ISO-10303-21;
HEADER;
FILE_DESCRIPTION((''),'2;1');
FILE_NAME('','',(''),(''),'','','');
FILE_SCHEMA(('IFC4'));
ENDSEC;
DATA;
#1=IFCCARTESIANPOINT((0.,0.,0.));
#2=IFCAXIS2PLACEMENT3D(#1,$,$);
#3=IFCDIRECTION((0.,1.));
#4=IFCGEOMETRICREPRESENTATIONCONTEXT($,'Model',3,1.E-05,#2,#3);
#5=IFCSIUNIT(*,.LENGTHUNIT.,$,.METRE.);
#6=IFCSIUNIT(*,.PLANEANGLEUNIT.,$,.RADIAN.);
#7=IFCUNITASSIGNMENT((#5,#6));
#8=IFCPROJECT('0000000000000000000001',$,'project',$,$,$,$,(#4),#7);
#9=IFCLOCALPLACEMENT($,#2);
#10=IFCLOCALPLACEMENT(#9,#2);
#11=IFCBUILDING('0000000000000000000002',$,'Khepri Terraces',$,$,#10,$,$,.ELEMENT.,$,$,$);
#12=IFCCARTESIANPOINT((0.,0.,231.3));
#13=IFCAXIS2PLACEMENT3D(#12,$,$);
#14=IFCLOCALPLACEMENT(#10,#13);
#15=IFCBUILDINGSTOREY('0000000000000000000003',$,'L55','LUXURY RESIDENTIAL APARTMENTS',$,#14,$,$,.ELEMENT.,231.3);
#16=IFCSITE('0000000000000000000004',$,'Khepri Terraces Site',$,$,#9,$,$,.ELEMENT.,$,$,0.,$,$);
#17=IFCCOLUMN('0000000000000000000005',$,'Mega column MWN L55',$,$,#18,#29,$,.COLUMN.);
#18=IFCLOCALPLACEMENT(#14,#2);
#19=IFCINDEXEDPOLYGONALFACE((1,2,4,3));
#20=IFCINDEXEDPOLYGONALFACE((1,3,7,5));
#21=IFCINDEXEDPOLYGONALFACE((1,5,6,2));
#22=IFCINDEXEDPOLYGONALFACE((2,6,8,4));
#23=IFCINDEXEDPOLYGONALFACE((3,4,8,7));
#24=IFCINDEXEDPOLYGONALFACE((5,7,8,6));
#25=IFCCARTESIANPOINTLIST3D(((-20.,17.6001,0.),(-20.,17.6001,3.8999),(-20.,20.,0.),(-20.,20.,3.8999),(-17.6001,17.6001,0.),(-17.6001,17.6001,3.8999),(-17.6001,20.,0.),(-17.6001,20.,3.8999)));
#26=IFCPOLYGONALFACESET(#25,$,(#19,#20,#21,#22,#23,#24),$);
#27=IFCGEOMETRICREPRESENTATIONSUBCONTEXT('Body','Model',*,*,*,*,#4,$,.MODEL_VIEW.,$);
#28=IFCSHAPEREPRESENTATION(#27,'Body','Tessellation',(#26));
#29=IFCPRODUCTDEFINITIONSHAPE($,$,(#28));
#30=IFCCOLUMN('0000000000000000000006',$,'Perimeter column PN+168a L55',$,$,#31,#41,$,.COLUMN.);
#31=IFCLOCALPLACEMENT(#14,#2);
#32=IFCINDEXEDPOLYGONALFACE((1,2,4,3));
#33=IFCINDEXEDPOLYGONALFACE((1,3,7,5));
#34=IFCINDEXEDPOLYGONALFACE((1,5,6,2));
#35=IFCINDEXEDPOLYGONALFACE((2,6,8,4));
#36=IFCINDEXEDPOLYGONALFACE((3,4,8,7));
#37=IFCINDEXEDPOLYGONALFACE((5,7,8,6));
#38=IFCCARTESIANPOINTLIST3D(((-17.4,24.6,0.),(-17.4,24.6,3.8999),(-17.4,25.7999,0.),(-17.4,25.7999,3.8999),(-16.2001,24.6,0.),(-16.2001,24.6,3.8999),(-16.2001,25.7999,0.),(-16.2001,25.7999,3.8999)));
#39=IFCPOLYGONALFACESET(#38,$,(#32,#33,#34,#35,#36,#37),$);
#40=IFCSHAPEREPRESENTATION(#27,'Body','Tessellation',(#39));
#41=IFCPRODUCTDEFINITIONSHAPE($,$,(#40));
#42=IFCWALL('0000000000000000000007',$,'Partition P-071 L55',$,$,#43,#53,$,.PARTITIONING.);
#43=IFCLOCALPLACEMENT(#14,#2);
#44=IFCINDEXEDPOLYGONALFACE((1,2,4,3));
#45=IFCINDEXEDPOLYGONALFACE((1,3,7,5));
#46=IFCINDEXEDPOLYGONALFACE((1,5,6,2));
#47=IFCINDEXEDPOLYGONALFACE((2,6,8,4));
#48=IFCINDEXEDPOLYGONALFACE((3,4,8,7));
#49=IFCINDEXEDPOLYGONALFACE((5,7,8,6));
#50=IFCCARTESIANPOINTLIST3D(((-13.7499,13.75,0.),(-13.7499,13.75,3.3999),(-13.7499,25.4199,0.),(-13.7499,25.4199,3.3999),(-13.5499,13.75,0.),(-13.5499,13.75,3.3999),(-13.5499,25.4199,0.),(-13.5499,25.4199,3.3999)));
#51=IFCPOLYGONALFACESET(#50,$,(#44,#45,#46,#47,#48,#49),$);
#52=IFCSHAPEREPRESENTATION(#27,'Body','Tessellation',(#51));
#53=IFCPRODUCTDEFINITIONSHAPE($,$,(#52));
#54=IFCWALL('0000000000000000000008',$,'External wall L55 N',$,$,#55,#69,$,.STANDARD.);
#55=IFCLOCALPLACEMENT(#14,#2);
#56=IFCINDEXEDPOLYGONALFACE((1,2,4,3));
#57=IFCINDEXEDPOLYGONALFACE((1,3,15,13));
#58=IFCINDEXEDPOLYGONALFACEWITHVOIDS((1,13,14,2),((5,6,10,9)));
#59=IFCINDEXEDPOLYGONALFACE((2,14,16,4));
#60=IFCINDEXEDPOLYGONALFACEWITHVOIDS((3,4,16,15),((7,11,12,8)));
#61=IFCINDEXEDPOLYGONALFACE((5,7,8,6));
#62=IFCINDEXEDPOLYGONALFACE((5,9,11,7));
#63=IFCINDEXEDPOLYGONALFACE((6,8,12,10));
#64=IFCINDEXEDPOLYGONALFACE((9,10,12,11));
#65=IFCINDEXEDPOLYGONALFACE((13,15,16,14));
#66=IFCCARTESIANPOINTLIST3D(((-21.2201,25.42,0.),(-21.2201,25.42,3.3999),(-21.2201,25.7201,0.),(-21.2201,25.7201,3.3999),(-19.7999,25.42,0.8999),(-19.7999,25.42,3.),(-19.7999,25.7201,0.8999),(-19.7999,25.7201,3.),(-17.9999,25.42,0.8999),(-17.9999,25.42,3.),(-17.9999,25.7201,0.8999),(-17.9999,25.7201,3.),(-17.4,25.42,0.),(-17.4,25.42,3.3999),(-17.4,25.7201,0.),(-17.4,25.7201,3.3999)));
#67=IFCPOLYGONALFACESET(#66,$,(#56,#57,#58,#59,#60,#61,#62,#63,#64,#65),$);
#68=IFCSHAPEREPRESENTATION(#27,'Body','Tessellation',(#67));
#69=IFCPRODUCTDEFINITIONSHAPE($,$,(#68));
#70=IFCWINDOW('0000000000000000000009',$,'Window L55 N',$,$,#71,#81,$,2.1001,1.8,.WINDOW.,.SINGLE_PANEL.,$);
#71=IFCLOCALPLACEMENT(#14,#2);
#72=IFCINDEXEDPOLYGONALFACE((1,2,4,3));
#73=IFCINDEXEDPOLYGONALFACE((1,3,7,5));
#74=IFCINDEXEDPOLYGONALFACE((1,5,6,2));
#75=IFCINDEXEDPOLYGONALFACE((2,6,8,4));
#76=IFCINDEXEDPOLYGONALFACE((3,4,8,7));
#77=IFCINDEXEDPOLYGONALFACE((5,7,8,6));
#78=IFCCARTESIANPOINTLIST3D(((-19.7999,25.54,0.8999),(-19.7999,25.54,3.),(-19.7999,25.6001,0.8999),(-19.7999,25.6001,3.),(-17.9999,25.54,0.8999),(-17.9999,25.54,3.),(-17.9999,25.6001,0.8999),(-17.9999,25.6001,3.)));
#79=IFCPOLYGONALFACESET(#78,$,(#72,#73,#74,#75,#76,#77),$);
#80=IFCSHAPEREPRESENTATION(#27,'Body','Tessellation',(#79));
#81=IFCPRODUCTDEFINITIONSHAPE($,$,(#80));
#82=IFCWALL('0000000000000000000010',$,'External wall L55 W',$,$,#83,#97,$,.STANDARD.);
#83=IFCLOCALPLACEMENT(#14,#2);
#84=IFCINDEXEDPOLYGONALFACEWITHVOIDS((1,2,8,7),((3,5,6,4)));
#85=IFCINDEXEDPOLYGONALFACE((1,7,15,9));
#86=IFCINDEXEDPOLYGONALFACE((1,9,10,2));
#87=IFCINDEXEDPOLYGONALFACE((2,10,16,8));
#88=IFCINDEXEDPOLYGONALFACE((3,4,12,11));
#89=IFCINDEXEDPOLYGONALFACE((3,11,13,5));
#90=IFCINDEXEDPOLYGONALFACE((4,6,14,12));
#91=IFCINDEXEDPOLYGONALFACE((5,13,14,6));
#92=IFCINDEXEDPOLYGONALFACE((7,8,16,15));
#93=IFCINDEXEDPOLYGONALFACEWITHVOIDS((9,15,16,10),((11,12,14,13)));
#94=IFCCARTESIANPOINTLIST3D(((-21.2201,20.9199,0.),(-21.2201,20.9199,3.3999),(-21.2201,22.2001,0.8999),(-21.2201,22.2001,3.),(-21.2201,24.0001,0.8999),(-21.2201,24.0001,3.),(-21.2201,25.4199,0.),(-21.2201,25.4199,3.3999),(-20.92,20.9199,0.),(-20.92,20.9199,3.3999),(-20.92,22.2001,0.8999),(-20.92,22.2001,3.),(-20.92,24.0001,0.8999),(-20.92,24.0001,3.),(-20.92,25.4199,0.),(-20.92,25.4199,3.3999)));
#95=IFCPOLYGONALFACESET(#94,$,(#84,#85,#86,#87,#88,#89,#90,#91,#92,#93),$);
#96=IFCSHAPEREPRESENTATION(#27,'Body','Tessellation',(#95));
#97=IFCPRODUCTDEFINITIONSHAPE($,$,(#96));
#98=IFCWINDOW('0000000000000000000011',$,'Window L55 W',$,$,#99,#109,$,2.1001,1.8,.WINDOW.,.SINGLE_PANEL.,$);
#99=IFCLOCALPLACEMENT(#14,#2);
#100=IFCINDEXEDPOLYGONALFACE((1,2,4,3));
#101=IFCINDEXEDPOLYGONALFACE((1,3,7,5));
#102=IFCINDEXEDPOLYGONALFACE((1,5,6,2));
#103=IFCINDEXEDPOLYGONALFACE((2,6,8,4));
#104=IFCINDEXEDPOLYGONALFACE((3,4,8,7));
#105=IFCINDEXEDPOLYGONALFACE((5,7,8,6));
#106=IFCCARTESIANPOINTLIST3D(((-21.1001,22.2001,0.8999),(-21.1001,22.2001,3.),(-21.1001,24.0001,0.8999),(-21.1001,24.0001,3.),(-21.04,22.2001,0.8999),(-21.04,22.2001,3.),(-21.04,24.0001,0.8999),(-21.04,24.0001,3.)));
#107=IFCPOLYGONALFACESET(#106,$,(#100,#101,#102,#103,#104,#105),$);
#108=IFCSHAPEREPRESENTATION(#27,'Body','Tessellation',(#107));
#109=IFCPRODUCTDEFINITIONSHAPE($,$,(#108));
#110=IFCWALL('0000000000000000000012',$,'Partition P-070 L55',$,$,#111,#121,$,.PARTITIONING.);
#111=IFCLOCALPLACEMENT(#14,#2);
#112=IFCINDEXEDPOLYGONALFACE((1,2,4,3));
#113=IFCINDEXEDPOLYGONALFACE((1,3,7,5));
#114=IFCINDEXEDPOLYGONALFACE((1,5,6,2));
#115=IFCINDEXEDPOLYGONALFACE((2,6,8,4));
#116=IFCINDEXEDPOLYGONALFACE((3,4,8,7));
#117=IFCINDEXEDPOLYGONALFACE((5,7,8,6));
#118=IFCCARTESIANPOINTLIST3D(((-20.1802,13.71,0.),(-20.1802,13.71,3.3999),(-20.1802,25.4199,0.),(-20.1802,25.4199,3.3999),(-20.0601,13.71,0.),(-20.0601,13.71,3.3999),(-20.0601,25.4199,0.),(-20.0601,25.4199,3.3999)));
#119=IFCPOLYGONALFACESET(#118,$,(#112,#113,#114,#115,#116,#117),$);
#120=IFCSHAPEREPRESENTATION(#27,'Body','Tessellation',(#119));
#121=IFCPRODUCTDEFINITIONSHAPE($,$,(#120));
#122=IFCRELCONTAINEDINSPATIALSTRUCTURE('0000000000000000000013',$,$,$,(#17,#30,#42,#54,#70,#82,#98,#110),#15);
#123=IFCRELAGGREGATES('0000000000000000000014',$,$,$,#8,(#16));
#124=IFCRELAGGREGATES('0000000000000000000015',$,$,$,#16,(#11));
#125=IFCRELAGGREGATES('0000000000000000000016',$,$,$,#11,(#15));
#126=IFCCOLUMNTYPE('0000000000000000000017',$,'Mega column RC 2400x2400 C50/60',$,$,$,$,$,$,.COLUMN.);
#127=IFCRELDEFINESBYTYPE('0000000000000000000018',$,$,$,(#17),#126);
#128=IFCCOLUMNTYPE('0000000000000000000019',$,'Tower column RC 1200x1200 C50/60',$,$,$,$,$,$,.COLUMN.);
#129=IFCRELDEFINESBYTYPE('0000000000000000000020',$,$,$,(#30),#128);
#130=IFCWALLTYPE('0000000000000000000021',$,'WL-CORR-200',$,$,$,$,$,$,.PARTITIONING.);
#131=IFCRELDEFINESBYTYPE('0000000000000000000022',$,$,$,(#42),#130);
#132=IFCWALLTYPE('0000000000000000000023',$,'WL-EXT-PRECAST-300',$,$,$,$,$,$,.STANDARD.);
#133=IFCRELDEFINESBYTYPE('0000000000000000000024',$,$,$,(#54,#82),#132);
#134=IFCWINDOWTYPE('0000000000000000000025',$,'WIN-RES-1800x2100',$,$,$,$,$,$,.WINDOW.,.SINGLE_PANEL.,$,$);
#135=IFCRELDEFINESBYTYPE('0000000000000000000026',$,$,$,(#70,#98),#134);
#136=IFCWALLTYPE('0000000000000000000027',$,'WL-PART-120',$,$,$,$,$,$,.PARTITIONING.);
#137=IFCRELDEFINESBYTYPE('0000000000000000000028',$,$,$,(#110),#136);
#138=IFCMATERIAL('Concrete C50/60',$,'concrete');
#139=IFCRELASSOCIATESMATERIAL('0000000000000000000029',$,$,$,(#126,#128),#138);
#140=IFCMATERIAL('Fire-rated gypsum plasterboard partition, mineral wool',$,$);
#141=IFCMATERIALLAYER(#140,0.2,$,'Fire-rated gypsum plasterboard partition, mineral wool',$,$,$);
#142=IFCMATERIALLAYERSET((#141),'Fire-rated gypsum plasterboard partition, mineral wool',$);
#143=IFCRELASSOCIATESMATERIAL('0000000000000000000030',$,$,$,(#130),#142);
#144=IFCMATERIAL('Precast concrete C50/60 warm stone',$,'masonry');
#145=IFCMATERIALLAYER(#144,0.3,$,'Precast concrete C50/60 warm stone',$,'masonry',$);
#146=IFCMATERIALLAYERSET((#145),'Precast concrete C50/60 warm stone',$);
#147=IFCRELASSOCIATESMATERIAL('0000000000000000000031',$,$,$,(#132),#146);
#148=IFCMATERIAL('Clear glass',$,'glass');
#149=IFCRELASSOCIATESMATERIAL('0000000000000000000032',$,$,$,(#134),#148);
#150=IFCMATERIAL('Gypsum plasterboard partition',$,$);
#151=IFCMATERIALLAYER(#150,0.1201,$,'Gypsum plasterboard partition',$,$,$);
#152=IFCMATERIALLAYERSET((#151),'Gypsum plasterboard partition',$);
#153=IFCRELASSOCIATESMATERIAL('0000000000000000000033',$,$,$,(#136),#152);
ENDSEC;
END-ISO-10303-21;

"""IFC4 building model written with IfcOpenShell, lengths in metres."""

from ifc_helpers import new_model, si_unit, direction, frame, frame_2d, origin, origin_2d, place, context, subcontext, project, spatial, rectangle, extrude, material, layer, layer_set, material_profile, profile_set, type_object, element, fill, save


model = new_model("IFC4")

# Units and contexts
model_context = context("Model", 3, precision=1e-05, world=origin(), true_north=direction((0.0, 1.0)))
body_context = subcontext(model_context, "Body", "Model", "MODEL_VIEW")
ifc_project = project(units=[si_unit("LENGTHUNIT", "METRE"), si_unit("PLANEANGLEUNIT", "RADIAN")], contexts=[model_context])

# Site, building, storey
site_placement = place(None, origin())
site = spatial("IfcSite", under=ifc_project, at=site_placement, Name="Khepri Terraces Site", CompositionType="ELEMENT", RefElevation=0.0)
building_placement = place(site_placement, origin())
building = spatial("IfcBuilding", under=site, at=building_placement, Name="Khepri Terraces", CompositionType="ELEMENT")
storey_placement = place(building_placement, frame((0.0, 0.0, 231.3)))
storey = spatial("IfcBuildingStorey", under=building, at=storey_placement, Name="L55", Description="LUXURY RESIDENTIAL APARTMENTS", CompositionType="ELEMENT", Elevation=231.3)

# Columns
ifc_material_1 = material(Name="Concrete C50/60", Category="concrete")
ifc_material_profile_1 = material_profile(ifc_material_1, rectangle(XDim=2.3999, YDim=2.3999, at=origin_2d()), Name="Concrete C50/60", Category="concrete")
ifc_profile_set_1 = profile_set([ifc_material_profile_1], Name="Concrete C50/60")
column_type_1 = type_object("IfcColumnType", Name="Mega column RC 2400x2400 C50/60", PredefinedType="COLUMN", material=ifc_profile_set_1)
column_1_placement = place(storey_placement, frame((-18.8, 18.8, 0.0), z_axis=(0.0, 0.0, 1.0), x_axis=(1.0, 0.0, 0.0)))
element("IfcColumn", 1, at=column_1_placement, inside=storey, type_object=column_type_1, Name="Mega column MWN L55", PredefinedType="COLUMN", context=body_context, shape_type="SweptSolid", body=[
    extrude(rectangle(XDim=2.3999, YDim=2.3999, at=origin_2d()), origin(), (0.0, 0.0, 1.0), 3.8999),
])
ifc_material_profile_2 = material_profile(ifc_material_1, rectangle(XDim=1.2, YDim=1.2, at=origin_2d()), Name="Concrete C50/60", Category="concrete")
ifc_profile_set_2 = profile_set([ifc_material_profile_2], Name="Concrete C50/60")
column_type_2 = type_object("IfcColumnType", Name="Tower column RC 1200x1200 C50/60", PredefinedType="COLUMN", material=ifc_profile_set_2)
column_2_placement = place(storey_placement, frame((-16.8, 25.2, 0.0), z_axis=(0.0, 0.0, 1.0), x_axis=(1.0, 0.0, 0.0)))
element("IfcColumn", 2, at=column_2_placement, inside=storey, type_object=column_type_2, Name="Perimeter column PN+168a L55", PredefinedType="COLUMN", context=body_context, shape_type="SweptSolid", body=[
    extrude(rectangle(XDim=1.2, YDim=1.2, at=origin_2d()), origin(), (0.0, 0.0, 1.0), 3.8999),
])

# Wall
ifc_material_2 = material(Name="Fire-rated gypsum plasterboard partition, mineral wool")
ifc_layer_1 = layer(ifc_material_2, 0.2, Name="Fire-rated gypsum plasterboard partition, mineral wool")
ifc_layer_set_1 = layer_set([ifc_layer_1], Name="Fire-rated gypsum plasterboard partition, mineral wool")
wall_type_1 = type_object("IfcWallType", Name="WL-CORR-200", PredefinedType="PARTITIONING", material=ifc_layer_set_1)
wall_1_placement = place(storey_placement, frame((-13.6499, 13.75, 0.0), z_axis=(0.0, 0.0, 1.0), x_axis=(0.0, 1.0, 0.0)))
element("IfcWall", 3, at=wall_1_placement, inside=storey, type_object=wall_type_1, Name="Partition P-071 L55", PredefinedType="PARTITIONING", context=body_context, shape_type="SweptSolid", body=[
    extrude(rectangle(XDim=11.6699, YDim=0.2, at=frame_2d((5.835, 0.0))), origin(), (0.0, 0.0, 1.0), 3.3999),
])

# Walls, openings, windows
ifc_material_3 = material(Name="Precast concrete C50/60 warm stone", Category="masonry")
ifc_layer_2 = layer(ifc_material_3, 0.3, Name="Precast concrete C50/60 warm stone", Category="masonry")
ifc_layer_set_2 = layer_set([ifc_layer_2], Name="Precast concrete C50/60 warm stone")
wall_type_2 = type_object("IfcWallType", Name="WL-EXT-PRECAST-300", PredefinedType="STANDARD", material=ifc_layer_set_2)
wall_2_placement = place(storey_placement, frame((-17.3999, 25.5701, 0.0), z_axis=(0.0, 0.0, 1.0), x_axis=(-1.0, 0.0, 0.0)))
wall_2 = element("IfcWall", 4, at=wall_2_placement, inside=storey, type_object=wall_type_2, Name="External wall L55 N", PredefinedType="STANDARD", context=body_context, shape_type="SweptSolid", body=[
    extrude(rectangle(XDim=3.8201, YDim=0.3, at=frame_2d((1.9102, 0.0))), origin(), (0.0, 0.0, 1.0), 3.3999),
])
opening_1_placement = place(wall_2_placement, frame((0.6001, 0.0, 0.8999)))
opening_1 = element("IfcOpeningElement", 5, at=opening_1_placement, cuts=wall_2, PredefinedType="OPENING", context=body_context, shape_type="SweptSolid", body=[
    extrude(rectangle(XDim=1.8, YDim=2.1001, at=frame_2d((0.8999, 1.05))), frame((0.0, 0.1602, 0.0), z_axis=(0.0, -1.0, 0.0), x_axis=(1.0, 0.0, 0.0)), (0.0, 0.0, 1.0), 0.3201),
])
ifc_material_4 = material(Name="Clear glass", Category="glass")
window_type = type_object("IfcWindowType", Name="WIN-RES-1800x2100", PartitioningType="SINGLE_PANEL", PredefinedType="WINDOW", material=ifc_material_4)
window_1_placement = place(opening_1_placement, origin())
window_1 = element("IfcWindow", 6, at=window_1_placement, inside=storey, type_object=window_type, Name="Window L55 N", OverallHeight=2.1001, OverallWidth=1.8, PartitioningType="SINGLE_PANEL", PredefinedType="WINDOW", context=body_context, shape_type="SweptSolid", body=[
    extrude(rectangle(XDim=1.8, YDim=2.1001, at=frame_2d((0.8999, 1.05))), frame((0.0, 0.03, 0.0), z_axis=(0.0, -1.0, 0.0), x_axis=(1.0, 0.0, 0.0)), (0.0, 0.0, 1.0), 0.0601),
])
fill(opening_1, window_1)
wall_3_placement = place(storey_placement, frame((-21.0701, 25.4199, 0.0), z_axis=(0.0, 0.0, 1.0), x_axis=(0.0, -1.0, 0.0)))
wall_3 = element("IfcWall", 7, at=wall_3_placement, inside=storey, type_object=wall_type_2, Name="External wall L55 W", PredefinedType="STANDARD", context=body_context, shape_type="SweptSolid", body=[
    extrude(rectangle(XDim=4.5, YDim=0.3, at=frame_2d((2.25, 0.0))), origin(), (0.0, 0.0, 1.0), 3.3999),
])
opening_2_placement = place(wall_3_placement, frame((1.4199, 0.0, 0.8999)))
opening_2 = element("IfcOpeningElement", 8, at=opening_2_placement, cuts=wall_3, PredefinedType="OPENING", context=body_context, shape_type="SweptSolid", body=[
    extrude(rectangle(XDim=1.8, YDim=2.1001, at=frame_2d((0.8999, 1.05))), frame((0.0, 0.1602, 0.0), z_axis=(0.0, -1.0, 0.0), x_axis=(1.0, 0.0, 0.0)), (0.0, 0.0, 1.0), 0.3201),
])
window_2_placement = place(opening_2_placement, origin())
window_2 = element("IfcWindow", 9, at=window_2_placement, inside=storey, type_object=window_type, Name="Window L55 W", OverallHeight=2.1001, OverallWidth=1.8, PartitioningType="SINGLE_PANEL", PredefinedType="WINDOW", context=body_context, shape_type="SweptSolid", body=[
    extrude(rectangle(XDim=1.8, YDim=2.1001, at=frame_2d((0.8999, 1.05))), frame((0.0, 0.03, 0.0), z_axis=(0.0, -1.0, 0.0), x_axis=(1.0, 0.0, 0.0)), (0.0, 0.0, 1.0), 0.0601),
])
fill(opening_2, window_2)

# Wall
ifc_material_5 = material(Name="Gypsum plasterboard partition")
ifc_layer_3 = layer(ifc_material_5, 0.1201, Name="Gypsum plasterboard partition")
ifc_layer_set_3 = layer_set([ifc_layer_3], Name="Gypsum plasterboard partition")
wall_type_3 = type_object("IfcWallType", Name="WL-PART-120", PredefinedType="PARTITIONING", material=ifc_layer_set_3)
wall_4_placement = place(storey_placement, frame((-20.1201, 13.71, 0.0), z_axis=(0.0, 0.0, 1.0), x_axis=(0.0, 1.0, 0.0)))
element("IfcWall", 10, at=wall_4_placement, inside=storey, type_object=wall_type_3, Name="Partition P-070 L55", PredefinedType="PARTITIONING", context=body_context, shape_type="SweptSolid", body=[
    extrude(rectangle(XDim=11.71, YDim=0.1201, at=frame_2d((5.855, 0.0))), origin(), (0.0, 0.0, 1.0), 3.3999),
])

save(model, "model.ifc")
